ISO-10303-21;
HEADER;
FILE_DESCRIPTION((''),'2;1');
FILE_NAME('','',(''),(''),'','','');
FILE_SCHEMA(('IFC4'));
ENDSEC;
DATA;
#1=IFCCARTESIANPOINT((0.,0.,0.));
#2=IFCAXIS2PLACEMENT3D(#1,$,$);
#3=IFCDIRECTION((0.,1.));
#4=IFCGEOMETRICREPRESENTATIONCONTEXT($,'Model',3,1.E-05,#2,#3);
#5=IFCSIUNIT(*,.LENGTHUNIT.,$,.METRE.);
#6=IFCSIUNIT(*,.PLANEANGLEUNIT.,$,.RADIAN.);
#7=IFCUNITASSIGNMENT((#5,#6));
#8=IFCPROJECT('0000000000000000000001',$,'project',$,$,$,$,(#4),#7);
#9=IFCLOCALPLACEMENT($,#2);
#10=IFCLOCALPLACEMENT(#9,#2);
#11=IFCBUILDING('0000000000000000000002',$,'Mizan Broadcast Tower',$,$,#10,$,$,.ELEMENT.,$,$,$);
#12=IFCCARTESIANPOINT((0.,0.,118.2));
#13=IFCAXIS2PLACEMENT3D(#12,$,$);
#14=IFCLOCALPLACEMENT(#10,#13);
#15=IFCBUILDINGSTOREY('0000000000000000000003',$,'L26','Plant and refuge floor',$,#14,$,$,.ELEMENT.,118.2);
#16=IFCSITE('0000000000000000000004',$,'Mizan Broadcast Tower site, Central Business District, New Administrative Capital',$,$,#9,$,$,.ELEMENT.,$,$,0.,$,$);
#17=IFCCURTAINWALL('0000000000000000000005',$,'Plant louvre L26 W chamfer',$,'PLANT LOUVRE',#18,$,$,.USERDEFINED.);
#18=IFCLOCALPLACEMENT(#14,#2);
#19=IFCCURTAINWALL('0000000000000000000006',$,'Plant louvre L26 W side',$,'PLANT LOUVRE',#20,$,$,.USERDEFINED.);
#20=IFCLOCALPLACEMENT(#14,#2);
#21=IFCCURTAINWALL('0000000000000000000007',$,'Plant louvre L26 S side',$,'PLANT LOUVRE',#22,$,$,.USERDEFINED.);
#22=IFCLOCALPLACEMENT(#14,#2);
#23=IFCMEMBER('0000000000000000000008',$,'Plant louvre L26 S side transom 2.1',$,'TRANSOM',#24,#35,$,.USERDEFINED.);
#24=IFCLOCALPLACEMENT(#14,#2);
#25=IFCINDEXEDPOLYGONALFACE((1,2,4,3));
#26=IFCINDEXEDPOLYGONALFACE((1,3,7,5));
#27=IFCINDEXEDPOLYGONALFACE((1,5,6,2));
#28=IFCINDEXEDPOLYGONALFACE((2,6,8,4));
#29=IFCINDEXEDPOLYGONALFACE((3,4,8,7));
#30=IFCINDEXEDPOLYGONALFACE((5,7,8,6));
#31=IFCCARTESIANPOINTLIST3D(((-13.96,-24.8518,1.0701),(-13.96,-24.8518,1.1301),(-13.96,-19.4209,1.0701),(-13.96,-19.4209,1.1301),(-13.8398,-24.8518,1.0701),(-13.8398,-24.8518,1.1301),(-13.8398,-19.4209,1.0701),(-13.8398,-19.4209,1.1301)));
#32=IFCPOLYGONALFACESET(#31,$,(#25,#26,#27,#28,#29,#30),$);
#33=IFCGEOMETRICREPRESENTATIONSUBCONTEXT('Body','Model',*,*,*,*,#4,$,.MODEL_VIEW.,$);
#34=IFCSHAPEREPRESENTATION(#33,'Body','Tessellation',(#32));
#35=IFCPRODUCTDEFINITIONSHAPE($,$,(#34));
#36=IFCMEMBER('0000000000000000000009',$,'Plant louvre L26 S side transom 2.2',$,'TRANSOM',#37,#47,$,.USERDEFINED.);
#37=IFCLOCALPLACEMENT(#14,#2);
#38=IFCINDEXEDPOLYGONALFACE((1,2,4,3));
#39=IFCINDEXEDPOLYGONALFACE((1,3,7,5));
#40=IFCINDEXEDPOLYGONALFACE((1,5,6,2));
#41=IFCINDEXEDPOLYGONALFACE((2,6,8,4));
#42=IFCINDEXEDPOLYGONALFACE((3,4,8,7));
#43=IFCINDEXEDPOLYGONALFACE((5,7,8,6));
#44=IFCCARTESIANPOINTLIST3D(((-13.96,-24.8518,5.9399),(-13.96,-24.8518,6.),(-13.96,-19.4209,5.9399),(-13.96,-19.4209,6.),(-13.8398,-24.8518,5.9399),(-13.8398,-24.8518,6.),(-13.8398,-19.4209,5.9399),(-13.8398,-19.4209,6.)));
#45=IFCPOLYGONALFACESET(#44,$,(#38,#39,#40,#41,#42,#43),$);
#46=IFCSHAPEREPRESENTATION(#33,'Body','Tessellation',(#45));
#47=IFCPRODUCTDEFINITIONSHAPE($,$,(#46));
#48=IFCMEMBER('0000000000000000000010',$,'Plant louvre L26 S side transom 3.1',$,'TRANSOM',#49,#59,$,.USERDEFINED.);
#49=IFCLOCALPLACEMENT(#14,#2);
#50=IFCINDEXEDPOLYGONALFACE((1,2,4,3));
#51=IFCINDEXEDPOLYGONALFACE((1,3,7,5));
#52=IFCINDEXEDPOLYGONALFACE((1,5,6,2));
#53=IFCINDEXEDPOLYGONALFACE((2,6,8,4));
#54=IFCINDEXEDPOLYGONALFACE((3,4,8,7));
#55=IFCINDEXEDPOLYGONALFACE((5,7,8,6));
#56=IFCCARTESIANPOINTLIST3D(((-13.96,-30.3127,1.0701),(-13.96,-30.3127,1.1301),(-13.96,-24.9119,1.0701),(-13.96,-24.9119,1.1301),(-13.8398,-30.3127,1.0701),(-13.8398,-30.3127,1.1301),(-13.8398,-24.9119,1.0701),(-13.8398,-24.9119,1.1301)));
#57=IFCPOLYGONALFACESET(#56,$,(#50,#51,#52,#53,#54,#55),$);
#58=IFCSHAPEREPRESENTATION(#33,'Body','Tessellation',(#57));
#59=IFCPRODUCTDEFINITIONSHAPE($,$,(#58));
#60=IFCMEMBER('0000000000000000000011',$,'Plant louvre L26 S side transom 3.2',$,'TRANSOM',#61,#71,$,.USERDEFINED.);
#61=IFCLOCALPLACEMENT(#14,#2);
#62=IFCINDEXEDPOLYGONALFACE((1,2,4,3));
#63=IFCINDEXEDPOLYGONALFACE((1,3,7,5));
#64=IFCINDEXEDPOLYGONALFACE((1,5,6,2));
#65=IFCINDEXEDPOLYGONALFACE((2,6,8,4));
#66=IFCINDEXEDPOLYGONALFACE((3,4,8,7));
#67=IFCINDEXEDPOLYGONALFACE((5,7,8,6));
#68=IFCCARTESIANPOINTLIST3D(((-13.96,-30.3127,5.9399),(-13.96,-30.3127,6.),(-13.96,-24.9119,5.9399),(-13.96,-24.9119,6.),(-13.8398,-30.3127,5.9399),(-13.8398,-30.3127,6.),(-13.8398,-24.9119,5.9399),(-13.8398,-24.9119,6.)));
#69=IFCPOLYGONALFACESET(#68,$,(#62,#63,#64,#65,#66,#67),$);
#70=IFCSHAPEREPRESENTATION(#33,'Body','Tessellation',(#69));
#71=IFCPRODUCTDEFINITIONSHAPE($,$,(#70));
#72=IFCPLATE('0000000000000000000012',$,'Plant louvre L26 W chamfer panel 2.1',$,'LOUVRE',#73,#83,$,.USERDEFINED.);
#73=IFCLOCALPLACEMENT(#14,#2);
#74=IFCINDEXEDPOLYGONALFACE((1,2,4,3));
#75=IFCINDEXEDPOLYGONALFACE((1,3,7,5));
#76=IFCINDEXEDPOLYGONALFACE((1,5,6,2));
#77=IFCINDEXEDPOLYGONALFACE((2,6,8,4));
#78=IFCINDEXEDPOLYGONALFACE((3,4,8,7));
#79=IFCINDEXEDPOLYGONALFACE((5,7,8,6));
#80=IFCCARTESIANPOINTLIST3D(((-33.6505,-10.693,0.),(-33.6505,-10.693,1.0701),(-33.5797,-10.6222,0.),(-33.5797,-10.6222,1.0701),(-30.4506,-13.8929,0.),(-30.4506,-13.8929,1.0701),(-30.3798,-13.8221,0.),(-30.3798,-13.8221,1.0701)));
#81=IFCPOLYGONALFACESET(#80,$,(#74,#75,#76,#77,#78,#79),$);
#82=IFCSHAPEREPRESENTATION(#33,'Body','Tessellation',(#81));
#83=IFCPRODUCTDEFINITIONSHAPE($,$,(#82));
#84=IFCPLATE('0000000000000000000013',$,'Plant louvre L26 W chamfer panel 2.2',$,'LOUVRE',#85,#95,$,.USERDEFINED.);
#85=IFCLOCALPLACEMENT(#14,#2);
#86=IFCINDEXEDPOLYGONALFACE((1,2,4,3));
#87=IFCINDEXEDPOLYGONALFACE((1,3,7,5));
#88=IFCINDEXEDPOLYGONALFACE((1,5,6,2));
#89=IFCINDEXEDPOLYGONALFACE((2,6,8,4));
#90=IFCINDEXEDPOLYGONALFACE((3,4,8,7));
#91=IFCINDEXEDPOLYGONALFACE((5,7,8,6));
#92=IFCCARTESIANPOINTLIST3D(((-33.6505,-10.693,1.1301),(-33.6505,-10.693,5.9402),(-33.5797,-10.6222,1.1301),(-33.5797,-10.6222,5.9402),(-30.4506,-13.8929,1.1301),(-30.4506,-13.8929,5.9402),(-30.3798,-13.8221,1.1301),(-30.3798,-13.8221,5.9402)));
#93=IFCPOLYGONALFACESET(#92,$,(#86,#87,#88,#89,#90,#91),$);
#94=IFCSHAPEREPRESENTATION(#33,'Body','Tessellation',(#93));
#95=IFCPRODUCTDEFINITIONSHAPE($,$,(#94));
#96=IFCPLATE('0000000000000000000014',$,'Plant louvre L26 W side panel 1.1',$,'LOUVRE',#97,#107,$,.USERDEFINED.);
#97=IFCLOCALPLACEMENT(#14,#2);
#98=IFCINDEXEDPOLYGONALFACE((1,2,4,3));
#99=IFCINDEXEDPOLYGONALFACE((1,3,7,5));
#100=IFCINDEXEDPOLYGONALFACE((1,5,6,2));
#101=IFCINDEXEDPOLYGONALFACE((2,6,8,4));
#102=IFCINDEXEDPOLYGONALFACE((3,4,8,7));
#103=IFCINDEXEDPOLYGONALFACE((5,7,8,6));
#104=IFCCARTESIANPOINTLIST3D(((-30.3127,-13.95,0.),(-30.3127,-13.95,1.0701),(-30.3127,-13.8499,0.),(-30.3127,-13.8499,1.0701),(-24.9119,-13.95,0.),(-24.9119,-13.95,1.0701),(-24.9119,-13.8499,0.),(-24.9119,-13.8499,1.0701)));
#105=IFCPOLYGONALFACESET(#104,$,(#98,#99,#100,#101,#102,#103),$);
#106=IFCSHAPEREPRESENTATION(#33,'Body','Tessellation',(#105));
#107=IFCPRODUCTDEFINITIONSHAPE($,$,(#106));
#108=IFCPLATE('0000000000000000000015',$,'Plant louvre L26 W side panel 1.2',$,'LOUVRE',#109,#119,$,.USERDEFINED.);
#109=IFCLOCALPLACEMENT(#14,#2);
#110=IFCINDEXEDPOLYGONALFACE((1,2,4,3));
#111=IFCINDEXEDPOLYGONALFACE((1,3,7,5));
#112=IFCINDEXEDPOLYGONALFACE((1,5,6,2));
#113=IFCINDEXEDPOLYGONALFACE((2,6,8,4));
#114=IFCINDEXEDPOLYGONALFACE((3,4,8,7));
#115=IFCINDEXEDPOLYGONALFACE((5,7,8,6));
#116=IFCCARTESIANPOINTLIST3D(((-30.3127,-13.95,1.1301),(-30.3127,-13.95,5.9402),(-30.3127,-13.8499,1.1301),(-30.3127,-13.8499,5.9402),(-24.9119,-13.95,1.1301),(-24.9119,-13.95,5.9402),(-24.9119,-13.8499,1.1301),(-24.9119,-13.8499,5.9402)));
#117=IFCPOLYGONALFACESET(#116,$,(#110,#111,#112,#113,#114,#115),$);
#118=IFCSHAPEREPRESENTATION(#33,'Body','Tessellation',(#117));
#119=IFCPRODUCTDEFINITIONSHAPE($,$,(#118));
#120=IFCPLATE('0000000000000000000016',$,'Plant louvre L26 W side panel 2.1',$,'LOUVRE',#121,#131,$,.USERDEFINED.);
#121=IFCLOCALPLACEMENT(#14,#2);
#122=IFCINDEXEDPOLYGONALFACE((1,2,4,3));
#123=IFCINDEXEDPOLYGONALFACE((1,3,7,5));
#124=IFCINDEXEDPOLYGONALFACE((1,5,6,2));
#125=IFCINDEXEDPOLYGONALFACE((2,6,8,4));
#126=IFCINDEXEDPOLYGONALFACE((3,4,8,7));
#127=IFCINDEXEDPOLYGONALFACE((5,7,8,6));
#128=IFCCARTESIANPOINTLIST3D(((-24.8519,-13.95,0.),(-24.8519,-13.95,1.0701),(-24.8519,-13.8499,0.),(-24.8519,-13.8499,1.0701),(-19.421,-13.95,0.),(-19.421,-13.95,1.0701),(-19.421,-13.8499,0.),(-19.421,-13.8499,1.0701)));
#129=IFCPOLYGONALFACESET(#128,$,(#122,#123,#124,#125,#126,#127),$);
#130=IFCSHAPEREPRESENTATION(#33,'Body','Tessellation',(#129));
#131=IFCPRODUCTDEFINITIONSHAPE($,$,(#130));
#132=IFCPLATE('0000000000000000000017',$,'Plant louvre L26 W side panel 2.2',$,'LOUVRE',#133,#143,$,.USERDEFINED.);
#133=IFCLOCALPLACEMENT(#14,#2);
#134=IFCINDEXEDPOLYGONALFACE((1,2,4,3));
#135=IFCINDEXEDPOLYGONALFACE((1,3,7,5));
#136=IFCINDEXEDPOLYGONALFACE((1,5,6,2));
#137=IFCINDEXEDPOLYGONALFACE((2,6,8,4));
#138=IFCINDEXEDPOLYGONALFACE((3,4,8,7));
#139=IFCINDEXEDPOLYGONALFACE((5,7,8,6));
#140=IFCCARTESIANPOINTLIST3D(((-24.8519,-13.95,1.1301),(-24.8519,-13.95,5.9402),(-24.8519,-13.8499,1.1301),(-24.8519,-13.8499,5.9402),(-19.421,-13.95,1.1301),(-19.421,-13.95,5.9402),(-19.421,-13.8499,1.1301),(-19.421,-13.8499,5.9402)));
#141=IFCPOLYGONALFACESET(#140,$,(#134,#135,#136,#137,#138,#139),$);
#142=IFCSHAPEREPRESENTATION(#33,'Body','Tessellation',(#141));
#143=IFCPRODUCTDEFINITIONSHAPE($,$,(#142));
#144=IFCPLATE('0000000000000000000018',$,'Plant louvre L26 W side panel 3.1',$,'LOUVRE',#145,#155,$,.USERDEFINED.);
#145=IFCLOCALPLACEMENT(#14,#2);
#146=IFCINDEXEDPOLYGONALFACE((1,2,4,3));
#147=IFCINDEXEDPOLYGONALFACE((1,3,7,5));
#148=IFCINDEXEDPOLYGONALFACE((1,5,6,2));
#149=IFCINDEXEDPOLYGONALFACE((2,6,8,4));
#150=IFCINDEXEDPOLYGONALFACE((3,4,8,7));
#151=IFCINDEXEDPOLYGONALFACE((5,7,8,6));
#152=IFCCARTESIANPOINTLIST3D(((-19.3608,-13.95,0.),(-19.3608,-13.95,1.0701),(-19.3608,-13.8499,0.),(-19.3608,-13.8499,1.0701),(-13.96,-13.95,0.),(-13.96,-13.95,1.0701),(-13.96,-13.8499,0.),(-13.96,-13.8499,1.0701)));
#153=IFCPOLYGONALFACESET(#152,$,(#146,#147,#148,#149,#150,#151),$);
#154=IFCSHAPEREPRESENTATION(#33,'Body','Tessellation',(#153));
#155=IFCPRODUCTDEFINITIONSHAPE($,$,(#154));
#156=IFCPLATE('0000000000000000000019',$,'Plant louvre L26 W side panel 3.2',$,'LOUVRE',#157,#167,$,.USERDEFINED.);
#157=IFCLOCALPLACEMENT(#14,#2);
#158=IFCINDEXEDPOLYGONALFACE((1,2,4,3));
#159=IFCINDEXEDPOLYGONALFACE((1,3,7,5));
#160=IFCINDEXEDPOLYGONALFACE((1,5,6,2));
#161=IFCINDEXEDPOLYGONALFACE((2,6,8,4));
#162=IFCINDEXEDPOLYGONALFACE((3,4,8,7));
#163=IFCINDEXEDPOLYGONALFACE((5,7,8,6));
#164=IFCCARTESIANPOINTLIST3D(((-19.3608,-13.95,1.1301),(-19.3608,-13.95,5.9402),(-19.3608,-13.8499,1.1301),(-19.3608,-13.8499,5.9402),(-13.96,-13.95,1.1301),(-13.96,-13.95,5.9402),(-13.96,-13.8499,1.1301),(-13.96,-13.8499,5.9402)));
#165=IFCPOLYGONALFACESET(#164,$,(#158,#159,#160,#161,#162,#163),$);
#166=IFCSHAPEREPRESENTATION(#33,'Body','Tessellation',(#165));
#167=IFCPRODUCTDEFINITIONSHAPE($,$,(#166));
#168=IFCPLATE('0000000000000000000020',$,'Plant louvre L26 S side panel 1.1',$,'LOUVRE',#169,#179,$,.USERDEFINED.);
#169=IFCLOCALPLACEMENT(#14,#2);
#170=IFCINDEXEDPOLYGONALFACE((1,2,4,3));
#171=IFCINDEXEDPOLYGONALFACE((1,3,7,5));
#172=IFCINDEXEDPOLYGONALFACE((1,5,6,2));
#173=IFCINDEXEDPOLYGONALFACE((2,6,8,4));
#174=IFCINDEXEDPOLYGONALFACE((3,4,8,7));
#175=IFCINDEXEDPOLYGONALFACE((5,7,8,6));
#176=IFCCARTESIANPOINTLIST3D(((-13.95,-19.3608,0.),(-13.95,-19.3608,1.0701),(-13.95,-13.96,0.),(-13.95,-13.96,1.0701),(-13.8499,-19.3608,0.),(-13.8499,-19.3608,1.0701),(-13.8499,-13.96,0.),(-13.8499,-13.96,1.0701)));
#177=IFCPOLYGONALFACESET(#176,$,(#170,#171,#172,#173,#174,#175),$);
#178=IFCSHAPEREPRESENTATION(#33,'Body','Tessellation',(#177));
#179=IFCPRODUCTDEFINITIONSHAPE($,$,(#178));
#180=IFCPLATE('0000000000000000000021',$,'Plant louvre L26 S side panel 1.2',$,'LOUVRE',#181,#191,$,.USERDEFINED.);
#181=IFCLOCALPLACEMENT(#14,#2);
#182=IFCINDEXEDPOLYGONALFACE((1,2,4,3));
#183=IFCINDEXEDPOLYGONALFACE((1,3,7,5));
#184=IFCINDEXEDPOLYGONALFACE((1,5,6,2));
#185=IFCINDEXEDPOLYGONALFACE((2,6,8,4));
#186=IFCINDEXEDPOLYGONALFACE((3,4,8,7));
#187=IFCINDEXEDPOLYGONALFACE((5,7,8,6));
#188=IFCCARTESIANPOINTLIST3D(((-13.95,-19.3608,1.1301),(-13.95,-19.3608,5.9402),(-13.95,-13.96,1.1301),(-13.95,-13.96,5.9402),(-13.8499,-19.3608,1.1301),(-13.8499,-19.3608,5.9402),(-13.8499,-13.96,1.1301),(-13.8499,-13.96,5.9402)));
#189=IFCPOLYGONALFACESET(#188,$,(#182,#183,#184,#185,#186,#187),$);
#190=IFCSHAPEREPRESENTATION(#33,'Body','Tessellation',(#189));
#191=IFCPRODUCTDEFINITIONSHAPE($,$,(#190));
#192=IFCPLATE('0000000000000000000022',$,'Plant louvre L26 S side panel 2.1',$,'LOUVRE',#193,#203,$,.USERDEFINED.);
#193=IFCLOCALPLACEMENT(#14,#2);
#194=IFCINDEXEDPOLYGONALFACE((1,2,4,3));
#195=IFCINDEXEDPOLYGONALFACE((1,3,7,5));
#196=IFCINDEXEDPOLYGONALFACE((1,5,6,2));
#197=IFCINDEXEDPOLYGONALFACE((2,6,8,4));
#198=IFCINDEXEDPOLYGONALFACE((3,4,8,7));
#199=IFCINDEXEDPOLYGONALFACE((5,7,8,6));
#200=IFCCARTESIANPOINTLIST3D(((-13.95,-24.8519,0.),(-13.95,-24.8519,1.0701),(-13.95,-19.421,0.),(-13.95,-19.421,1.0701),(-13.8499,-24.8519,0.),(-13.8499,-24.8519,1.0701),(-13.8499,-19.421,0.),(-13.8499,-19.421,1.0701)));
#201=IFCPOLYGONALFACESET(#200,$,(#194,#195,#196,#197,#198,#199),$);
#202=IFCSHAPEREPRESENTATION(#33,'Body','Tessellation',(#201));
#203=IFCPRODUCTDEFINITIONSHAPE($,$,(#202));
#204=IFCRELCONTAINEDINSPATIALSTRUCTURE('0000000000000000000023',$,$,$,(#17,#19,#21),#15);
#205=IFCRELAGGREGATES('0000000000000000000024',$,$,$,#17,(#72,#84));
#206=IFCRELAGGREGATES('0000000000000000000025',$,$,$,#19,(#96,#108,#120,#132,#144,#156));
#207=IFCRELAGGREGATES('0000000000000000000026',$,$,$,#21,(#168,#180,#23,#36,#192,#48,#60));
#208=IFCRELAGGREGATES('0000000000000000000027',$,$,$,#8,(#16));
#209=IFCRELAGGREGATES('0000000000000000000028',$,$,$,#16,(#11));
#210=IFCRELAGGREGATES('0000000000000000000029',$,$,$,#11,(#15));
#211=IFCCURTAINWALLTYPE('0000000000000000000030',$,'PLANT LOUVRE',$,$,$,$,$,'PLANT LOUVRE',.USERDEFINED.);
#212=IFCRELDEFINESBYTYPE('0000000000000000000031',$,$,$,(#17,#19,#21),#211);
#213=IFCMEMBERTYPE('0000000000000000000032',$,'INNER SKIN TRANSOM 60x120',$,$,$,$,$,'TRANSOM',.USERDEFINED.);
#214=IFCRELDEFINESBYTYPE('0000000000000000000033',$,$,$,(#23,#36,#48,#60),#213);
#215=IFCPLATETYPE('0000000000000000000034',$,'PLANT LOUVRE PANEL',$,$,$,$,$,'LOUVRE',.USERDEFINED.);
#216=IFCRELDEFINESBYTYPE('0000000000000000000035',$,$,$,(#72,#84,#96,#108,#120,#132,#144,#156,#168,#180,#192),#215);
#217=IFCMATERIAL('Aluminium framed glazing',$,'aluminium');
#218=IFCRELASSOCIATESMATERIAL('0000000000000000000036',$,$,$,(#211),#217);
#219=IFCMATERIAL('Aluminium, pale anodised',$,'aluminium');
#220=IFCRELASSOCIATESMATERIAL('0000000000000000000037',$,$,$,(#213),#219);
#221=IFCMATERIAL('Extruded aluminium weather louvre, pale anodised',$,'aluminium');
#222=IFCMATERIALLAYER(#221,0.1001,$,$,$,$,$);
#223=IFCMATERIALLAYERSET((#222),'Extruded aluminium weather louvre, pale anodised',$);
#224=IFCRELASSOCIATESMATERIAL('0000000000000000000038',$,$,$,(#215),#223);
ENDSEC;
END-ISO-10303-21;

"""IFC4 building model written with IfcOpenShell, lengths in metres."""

from ifc_helpers import new_model, si_unit, direction, frame, origin, origin_2d, place, context, subcontext, project, spatial, rectangle, extrude, material, layer, layer_set, material_profile, profile_set, type_object, element, aggregate, save


model = new_model("IFC4")

# Units and contexts
model_context = context("Model", 3, precision=1e-05, world=origin(), true_north=direction((0.0, 1.0)))
body_context = subcontext(model_context, "Body", "Model", "MODEL_VIEW")
ifc_project = project(units=[si_unit("LENGTHUNIT", "METRE"), si_unit("PLANEANGLEUNIT", "RADIAN")], contexts=[model_context])

# Site, building, storey
site_placement = place(None, origin())
site = spatial("IfcSite", under=ifc_project, at=site_placement, Name="Mizan Broadcast Tower site, Central Business District, New Administrative Capital", CompositionType="ELEMENT", RefElevation=0.0)
building_placement = place(site_placement, origin())
building = spatial("IfcBuilding", under=site, at=building_placement, Name="Mizan Broadcast Tower", CompositionType="ELEMENT")
storey_placement = place(building_placement, frame((0.0, 0.0, 118.2)))
storey = spatial("IfcBuildingStorey", under=building, at=storey_placement, Name="L26", Description="Plant and refuge floor", CompositionType="ELEMENT", Elevation=118.2)

# Curtain wall
ifc_material_1 = material(Name="Aluminium framed glazing", Category="aluminium")
curtain_wall_type = type_object("IfcCurtainWallType", Name="PLANT LOUVRE", ElementType="PLANT LOUVRE", PredefinedType="USERDEFINED", material=ifc_material_1)
curtain_wall_1_placement = place(storey_placement, origin())
curtain_wall_1 = element("IfcCurtainWall", 1, at=curtain_wall_1_placement, inside=storey, type_object=curtain_wall_type, Name="Plant louvre L26 W chamfer", ObjectType="PLANT LOUVRE", PredefinedType="USERDEFINED")

# Curtain walls
curtain_wall_2_placement = place(storey_placement, origin())
curtain_wall_2 = element("IfcCurtainWall", 2, at=curtain_wall_2_placement, inside=storey, type_object=curtain_wall_type, Name="Plant louvre L26 W side", ObjectType="PLANT LOUVRE", PredefinedType="USERDEFINED")
curtain_wall_3_placement = place(storey_placement, origin())
curtain_wall_3 = element("IfcCurtainWall", 3, at=curtain_wall_3_placement, inside=storey, type_object=curtain_wall_type, Name="Plant louvre L26 S side", ObjectType="PLANT LOUVRE", PredefinedType="USERDEFINED")

# Members
ifc_material_2 = material(Name="Aluminium, pale anodised", Category="aluminium")
ifc_material_profile_1 = material_profile(ifc_material_2, rectangle(XDim=0.1201, YDim=0.0601, at=origin_2d()), Name="TRANSOM 120x60")
ifc_profile_set_1 = profile_set([ifc_material_profile_1], Name="Aluminium, pale anodised")
member_type_1 = type_object("IfcMemberType", Name="INNER SKIN TRANSOM 60x120", ElementType="TRANSOM", PredefinedType="USERDEFINED", material=ifc_profile_set_1)
member_1_placement = place(storey_placement, frame((-13.8999, -19.4209, 1.1001), z_axis=(0.0, -1.0, 0.0), x_axis=(1.0, 0.0, 0.0)))
member_1 = element("IfcMember", 4, at=member_1_placement, type_object=member_type_1, Name="Plant louvre L26 S side transom 2.1", ObjectType="TRANSOM", PredefinedType="USERDEFINED", context=body_context, shape_type="SweptSolid", body=[
    extrude(rectangle(XDim=0.1201, YDim=0.0601, at=origin_2d()), origin(), (0.0, 0.0, 1.0), 5.4309),
])
member_2_placement = place(storey_placement, frame((-13.8999, -19.4209, 5.97), z_axis=(0.0, -1.0, 0.0), x_axis=(1.0, 0.0, 0.0)))
member_2 = element("IfcMember", 5, at=member_2_placement, type_object=member_type_1, Name="Plant louvre L26 S side transom 2.2", ObjectType="TRANSOM", PredefinedType="USERDEFINED", context=body_context, shape_type="SweptSolid", body=[
    extrude(rectangle(XDim=0.1201, YDim=0.0601, at=origin_2d()), origin(), (0.0, 0.0, 1.0), 5.4309),
])
member_3_placement = place(storey_placement, frame((-13.8999, -24.9119, 1.1001), z_axis=(0.0, -1.0, 0.0), x_axis=(1.0, 0.0, 0.0)))
member_3 = element("IfcMember", 6, at=member_3_placement, type_object=member_type_1, Name="Plant louvre L26 S side transom 3.1", ObjectType="TRANSOM", PredefinedType="USERDEFINED", context=body_context, shape_type="SweptSolid", body=[
    extrude(rectangle(XDim=0.1201, YDim=0.0601, at=origin_2d()), origin(), (0.0, 0.0, 1.0), 5.4009),
])
member_4_placement = place(storey_placement, frame((-13.8999, -24.9119, 5.97), z_axis=(0.0, -1.0, 0.0), x_axis=(1.0, 0.0, 0.0)))
member_4 = element("IfcMember", 7, at=member_4_placement, type_object=member_type_1, Name="Plant louvre L26 S side transom 3.2", ObjectType="TRANSOM", PredefinedType="USERDEFINED", context=body_context, shape_type="SweptSolid", body=[
    extrude(rectangle(XDim=0.1201, YDim=0.0601, at=origin_2d()), origin(), (0.0, 0.0, 1.0), 5.4009),
])

# Plates
ifc_material_3 = material(Name="Extruded aluminium weather louvre, pale anodised", Category="aluminium")
ifc_layer = layer(ifc_material_3, 0.1001)
ifc_layer_set = layer_set([ifc_layer], Name="Extruded aluminium weather louvre, pale anodised")
plate_type = type_object("IfcPlateType", Name="PLANT LOUVRE PANEL", ElementType="LOUVRE", PredefinedType="USERDEFINED", material=ifc_layer_set)
plate_1_placement = place(storey_placement, frame((-32.0151, -12.2576, 0.0), z_axis=(0.0, 0.0, 1.0), x_axis=(0.707107, -0.707107, 0.0)))
plate_1 = element("IfcPlate", 8, at=plate_1_placement, type_object=plate_type, Name="Plant louvre L26 W chamfer panel 2.1", ObjectType="LOUVRE", PredefinedType="USERDEFINED", context=body_context, shape_type="SweptSolid", body=[
    extrude(rectangle(XDim=4.5254, YDim=0.1001, at=origin_2d()), origin(), (0.0, 0.0, 1.0), 1.0701),
])
plate_2_placement = place(storey_placement, frame((-32.0151, -12.2576, 1.1301), z_axis=(0.0, 0.0, 1.0), x_axis=(0.707107, -0.707107, 0.0)))
plate_2 = element("IfcPlate", 9, at=plate_2_placement, type_object=plate_type, Name="Plant louvre L26 W chamfer panel 2.2", ObjectType="LOUVRE", PredefinedType="USERDEFINED", context=body_context, shape_type="SweptSolid", body=[
    extrude(rectangle(XDim=4.5254, YDim=0.1001, at=origin_2d()), origin(), (0.0, 0.0, 1.0), 4.8101),
])
aggregate(curtain_wall_1, [plate_1, plate_2])
plate_3_placement = place(storey_placement, frame((-27.6123, -13.8999, 0.0), z_axis=(0.0, 0.0, 1.0), x_axis=(1.0, 0.0, 0.0)))
plate_3 = element("IfcPlate", 10, at=plate_3_placement, type_object=plate_type, Name="Plant louvre L26 W side panel 1.1", ObjectType="LOUVRE", PredefinedType="USERDEFINED", context=body_context, shape_type="SweptSolid", body=[
    extrude(rectangle(XDim=5.4009, YDim=0.1001, at=origin_2d()), origin(), (0.0, 0.0, 1.0), 1.0701),
])
plate_4_placement = place(storey_placement, frame((-27.6123, -13.8999, 1.1301), z_axis=(0.0, 0.0, 1.0), x_axis=(1.0, 0.0, 0.0)))
plate_4 = element("IfcPlate", 11, at=plate_4_placement, type_object=plate_type, Name="Plant louvre L26 W side panel 1.2", ObjectType="LOUVRE", PredefinedType="USERDEFINED", context=body_context, shape_type="SweptSolid", body=[
    extrude(rectangle(XDim=5.4009, YDim=0.1001, at=origin_2d()), origin(), (0.0, 0.0, 1.0), 4.8101),
])
plate_5_placement = place(storey_placement, frame((-22.1365, -13.8999, 0.0), z_axis=(0.0, 0.0, 1.0), x_axis=(1.0, 0.0, 0.0)))
plate_5 = element("IfcPlate", 12, at=plate_5_placement, type_object=plate_type, Name="Plant louvre L26 W side panel 2.1", ObjectType="LOUVRE", PredefinedType="USERDEFINED", context=body_context, shape_type="SweptSolid", body=[
    extrude(rectangle(XDim=5.4309, YDim=0.1001, at=origin_2d()), origin(), (0.0, 0.0, 1.0), 1.0701),
])
plate_6_placement = place(storey_placement, frame((-22.1365, -13.8999, 1.1301), z_axis=(0.0, 0.0, 1.0), x_axis=(1.0, 0.0, 0.0)))
plate_6 = element("IfcPlate", 13, at=plate_6_placement, type_object=plate_type, Name="Plant louvre L26 W side panel 2.2", ObjectType="LOUVRE", PredefinedType="USERDEFINED", context=body_context, shape_type="SweptSolid", body=[
    extrude(rectangle(XDim=5.4309, YDim=0.1001, at=origin_2d()), origin(), (0.0, 0.0, 1.0), 4.8101),
])
plate_7_placement = place(storey_placement, frame((-16.6604, -13.8999, 0.0), z_axis=(0.0, 0.0, 1.0), x_axis=(1.0, 0.0, 0.0)))
plate_7 = element("IfcPlate", 14, at=plate_7_placement, type_object=plate_type, Name="Plant louvre L26 W side panel 3.1", ObjectType="LOUVRE", PredefinedType="USERDEFINED", context=body_context, shape_type="SweptSolid", body=[
    extrude(rectangle(XDim=5.4009, YDim=0.1001, at=origin_2d()), origin(), (0.0, 0.0, 1.0), 1.0701),
])
plate_8_placement = place(storey_placement, frame((-16.6604, -13.8999, 1.1301), z_axis=(0.0, 0.0, 1.0), x_axis=(1.0, 0.0, 0.0)))
plate_8 = element("IfcPlate", 15, at=plate_8_placement, type_object=plate_type, Name="Plant louvre L26 W side panel 3.2", ObjectType="LOUVRE", PredefinedType="USERDEFINED", context=body_context, shape_type="SweptSolid", body=[
    extrude(rectangle(XDim=5.4009, YDim=0.1001, at=origin_2d()), origin(), (0.0, 0.0, 1.0), 4.8101),
])
aggregate(curtain_wall_2, [plate_3, plate_4, plate_5, plate_6, plate_7, plate_8])
plate_9_placement = place(storey_placement, frame((-13.8999, -16.6604, 0.0), z_axis=(0.0, 0.0, 1.0), x_axis=(0.0, -1.0, 0.0)))
plate_9 = element("IfcPlate", 16, at=plate_9_placement, type_object=plate_type, Name="Plant louvre L26 S side panel 1.1", ObjectType="LOUVRE", PredefinedType="USERDEFINED", context=body_context, shape_type="SweptSolid", body=[
    extrude(rectangle(XDim=5.4009, YDim=0.1001, at=origin_2d()), origin(), (0.0, 0.0, 1.0), 1.0701),
])
plate_10_placement = place(storey_placement, frame((-13.8999, -16.6604, 1.1301), z_axis=(0.0, 0.0, 1.0), x_axis=(0.0, -1.0, 0.0)))
plate_10 = element("IfcPlate", 17, at=plate_10_placement, type_object=plate_type, Name="Plant louvre L26 S side panel 1.2", ObjectType="LOUVRE", PredefinedType="USERDEFINED", context=body_context, shape_type="SweptSolid", body=[
    extrude(rectangle(XDim=5.4009, YDim=0.1001, at=origin_2d()), origin(), (0.0, 0.0, 1.0), 4.8101),
])
plate_11_placement = place(storey_placement, frame((-13.8999, -22.1365, 0.0), z_axis=(0.0, 0.0, 1.0), x_axis=(0.0, -1.0, 0.0)))
plate_11 = element("IfcPlate", 18, at=plate_11_placement, type_object=plate_type, Name="Plant louvre L26 S side panel 2.1", ObjectType="LOUVRE", PredefinedType="USERDEFINED", context=body_context, shape_type="SweptSolid", body=[
    extrude(rectangle(XDim=5.4309, YDim=0.1001, at=origin_2d()), origin(), (0.0, 0.0, 1.0), 1.0701),
])
aggregate(curtain_wall_3, [plate_9, plate_10, member_1, member_2, plate_11, member_3, member_4])

save(model, "model.ifc")
